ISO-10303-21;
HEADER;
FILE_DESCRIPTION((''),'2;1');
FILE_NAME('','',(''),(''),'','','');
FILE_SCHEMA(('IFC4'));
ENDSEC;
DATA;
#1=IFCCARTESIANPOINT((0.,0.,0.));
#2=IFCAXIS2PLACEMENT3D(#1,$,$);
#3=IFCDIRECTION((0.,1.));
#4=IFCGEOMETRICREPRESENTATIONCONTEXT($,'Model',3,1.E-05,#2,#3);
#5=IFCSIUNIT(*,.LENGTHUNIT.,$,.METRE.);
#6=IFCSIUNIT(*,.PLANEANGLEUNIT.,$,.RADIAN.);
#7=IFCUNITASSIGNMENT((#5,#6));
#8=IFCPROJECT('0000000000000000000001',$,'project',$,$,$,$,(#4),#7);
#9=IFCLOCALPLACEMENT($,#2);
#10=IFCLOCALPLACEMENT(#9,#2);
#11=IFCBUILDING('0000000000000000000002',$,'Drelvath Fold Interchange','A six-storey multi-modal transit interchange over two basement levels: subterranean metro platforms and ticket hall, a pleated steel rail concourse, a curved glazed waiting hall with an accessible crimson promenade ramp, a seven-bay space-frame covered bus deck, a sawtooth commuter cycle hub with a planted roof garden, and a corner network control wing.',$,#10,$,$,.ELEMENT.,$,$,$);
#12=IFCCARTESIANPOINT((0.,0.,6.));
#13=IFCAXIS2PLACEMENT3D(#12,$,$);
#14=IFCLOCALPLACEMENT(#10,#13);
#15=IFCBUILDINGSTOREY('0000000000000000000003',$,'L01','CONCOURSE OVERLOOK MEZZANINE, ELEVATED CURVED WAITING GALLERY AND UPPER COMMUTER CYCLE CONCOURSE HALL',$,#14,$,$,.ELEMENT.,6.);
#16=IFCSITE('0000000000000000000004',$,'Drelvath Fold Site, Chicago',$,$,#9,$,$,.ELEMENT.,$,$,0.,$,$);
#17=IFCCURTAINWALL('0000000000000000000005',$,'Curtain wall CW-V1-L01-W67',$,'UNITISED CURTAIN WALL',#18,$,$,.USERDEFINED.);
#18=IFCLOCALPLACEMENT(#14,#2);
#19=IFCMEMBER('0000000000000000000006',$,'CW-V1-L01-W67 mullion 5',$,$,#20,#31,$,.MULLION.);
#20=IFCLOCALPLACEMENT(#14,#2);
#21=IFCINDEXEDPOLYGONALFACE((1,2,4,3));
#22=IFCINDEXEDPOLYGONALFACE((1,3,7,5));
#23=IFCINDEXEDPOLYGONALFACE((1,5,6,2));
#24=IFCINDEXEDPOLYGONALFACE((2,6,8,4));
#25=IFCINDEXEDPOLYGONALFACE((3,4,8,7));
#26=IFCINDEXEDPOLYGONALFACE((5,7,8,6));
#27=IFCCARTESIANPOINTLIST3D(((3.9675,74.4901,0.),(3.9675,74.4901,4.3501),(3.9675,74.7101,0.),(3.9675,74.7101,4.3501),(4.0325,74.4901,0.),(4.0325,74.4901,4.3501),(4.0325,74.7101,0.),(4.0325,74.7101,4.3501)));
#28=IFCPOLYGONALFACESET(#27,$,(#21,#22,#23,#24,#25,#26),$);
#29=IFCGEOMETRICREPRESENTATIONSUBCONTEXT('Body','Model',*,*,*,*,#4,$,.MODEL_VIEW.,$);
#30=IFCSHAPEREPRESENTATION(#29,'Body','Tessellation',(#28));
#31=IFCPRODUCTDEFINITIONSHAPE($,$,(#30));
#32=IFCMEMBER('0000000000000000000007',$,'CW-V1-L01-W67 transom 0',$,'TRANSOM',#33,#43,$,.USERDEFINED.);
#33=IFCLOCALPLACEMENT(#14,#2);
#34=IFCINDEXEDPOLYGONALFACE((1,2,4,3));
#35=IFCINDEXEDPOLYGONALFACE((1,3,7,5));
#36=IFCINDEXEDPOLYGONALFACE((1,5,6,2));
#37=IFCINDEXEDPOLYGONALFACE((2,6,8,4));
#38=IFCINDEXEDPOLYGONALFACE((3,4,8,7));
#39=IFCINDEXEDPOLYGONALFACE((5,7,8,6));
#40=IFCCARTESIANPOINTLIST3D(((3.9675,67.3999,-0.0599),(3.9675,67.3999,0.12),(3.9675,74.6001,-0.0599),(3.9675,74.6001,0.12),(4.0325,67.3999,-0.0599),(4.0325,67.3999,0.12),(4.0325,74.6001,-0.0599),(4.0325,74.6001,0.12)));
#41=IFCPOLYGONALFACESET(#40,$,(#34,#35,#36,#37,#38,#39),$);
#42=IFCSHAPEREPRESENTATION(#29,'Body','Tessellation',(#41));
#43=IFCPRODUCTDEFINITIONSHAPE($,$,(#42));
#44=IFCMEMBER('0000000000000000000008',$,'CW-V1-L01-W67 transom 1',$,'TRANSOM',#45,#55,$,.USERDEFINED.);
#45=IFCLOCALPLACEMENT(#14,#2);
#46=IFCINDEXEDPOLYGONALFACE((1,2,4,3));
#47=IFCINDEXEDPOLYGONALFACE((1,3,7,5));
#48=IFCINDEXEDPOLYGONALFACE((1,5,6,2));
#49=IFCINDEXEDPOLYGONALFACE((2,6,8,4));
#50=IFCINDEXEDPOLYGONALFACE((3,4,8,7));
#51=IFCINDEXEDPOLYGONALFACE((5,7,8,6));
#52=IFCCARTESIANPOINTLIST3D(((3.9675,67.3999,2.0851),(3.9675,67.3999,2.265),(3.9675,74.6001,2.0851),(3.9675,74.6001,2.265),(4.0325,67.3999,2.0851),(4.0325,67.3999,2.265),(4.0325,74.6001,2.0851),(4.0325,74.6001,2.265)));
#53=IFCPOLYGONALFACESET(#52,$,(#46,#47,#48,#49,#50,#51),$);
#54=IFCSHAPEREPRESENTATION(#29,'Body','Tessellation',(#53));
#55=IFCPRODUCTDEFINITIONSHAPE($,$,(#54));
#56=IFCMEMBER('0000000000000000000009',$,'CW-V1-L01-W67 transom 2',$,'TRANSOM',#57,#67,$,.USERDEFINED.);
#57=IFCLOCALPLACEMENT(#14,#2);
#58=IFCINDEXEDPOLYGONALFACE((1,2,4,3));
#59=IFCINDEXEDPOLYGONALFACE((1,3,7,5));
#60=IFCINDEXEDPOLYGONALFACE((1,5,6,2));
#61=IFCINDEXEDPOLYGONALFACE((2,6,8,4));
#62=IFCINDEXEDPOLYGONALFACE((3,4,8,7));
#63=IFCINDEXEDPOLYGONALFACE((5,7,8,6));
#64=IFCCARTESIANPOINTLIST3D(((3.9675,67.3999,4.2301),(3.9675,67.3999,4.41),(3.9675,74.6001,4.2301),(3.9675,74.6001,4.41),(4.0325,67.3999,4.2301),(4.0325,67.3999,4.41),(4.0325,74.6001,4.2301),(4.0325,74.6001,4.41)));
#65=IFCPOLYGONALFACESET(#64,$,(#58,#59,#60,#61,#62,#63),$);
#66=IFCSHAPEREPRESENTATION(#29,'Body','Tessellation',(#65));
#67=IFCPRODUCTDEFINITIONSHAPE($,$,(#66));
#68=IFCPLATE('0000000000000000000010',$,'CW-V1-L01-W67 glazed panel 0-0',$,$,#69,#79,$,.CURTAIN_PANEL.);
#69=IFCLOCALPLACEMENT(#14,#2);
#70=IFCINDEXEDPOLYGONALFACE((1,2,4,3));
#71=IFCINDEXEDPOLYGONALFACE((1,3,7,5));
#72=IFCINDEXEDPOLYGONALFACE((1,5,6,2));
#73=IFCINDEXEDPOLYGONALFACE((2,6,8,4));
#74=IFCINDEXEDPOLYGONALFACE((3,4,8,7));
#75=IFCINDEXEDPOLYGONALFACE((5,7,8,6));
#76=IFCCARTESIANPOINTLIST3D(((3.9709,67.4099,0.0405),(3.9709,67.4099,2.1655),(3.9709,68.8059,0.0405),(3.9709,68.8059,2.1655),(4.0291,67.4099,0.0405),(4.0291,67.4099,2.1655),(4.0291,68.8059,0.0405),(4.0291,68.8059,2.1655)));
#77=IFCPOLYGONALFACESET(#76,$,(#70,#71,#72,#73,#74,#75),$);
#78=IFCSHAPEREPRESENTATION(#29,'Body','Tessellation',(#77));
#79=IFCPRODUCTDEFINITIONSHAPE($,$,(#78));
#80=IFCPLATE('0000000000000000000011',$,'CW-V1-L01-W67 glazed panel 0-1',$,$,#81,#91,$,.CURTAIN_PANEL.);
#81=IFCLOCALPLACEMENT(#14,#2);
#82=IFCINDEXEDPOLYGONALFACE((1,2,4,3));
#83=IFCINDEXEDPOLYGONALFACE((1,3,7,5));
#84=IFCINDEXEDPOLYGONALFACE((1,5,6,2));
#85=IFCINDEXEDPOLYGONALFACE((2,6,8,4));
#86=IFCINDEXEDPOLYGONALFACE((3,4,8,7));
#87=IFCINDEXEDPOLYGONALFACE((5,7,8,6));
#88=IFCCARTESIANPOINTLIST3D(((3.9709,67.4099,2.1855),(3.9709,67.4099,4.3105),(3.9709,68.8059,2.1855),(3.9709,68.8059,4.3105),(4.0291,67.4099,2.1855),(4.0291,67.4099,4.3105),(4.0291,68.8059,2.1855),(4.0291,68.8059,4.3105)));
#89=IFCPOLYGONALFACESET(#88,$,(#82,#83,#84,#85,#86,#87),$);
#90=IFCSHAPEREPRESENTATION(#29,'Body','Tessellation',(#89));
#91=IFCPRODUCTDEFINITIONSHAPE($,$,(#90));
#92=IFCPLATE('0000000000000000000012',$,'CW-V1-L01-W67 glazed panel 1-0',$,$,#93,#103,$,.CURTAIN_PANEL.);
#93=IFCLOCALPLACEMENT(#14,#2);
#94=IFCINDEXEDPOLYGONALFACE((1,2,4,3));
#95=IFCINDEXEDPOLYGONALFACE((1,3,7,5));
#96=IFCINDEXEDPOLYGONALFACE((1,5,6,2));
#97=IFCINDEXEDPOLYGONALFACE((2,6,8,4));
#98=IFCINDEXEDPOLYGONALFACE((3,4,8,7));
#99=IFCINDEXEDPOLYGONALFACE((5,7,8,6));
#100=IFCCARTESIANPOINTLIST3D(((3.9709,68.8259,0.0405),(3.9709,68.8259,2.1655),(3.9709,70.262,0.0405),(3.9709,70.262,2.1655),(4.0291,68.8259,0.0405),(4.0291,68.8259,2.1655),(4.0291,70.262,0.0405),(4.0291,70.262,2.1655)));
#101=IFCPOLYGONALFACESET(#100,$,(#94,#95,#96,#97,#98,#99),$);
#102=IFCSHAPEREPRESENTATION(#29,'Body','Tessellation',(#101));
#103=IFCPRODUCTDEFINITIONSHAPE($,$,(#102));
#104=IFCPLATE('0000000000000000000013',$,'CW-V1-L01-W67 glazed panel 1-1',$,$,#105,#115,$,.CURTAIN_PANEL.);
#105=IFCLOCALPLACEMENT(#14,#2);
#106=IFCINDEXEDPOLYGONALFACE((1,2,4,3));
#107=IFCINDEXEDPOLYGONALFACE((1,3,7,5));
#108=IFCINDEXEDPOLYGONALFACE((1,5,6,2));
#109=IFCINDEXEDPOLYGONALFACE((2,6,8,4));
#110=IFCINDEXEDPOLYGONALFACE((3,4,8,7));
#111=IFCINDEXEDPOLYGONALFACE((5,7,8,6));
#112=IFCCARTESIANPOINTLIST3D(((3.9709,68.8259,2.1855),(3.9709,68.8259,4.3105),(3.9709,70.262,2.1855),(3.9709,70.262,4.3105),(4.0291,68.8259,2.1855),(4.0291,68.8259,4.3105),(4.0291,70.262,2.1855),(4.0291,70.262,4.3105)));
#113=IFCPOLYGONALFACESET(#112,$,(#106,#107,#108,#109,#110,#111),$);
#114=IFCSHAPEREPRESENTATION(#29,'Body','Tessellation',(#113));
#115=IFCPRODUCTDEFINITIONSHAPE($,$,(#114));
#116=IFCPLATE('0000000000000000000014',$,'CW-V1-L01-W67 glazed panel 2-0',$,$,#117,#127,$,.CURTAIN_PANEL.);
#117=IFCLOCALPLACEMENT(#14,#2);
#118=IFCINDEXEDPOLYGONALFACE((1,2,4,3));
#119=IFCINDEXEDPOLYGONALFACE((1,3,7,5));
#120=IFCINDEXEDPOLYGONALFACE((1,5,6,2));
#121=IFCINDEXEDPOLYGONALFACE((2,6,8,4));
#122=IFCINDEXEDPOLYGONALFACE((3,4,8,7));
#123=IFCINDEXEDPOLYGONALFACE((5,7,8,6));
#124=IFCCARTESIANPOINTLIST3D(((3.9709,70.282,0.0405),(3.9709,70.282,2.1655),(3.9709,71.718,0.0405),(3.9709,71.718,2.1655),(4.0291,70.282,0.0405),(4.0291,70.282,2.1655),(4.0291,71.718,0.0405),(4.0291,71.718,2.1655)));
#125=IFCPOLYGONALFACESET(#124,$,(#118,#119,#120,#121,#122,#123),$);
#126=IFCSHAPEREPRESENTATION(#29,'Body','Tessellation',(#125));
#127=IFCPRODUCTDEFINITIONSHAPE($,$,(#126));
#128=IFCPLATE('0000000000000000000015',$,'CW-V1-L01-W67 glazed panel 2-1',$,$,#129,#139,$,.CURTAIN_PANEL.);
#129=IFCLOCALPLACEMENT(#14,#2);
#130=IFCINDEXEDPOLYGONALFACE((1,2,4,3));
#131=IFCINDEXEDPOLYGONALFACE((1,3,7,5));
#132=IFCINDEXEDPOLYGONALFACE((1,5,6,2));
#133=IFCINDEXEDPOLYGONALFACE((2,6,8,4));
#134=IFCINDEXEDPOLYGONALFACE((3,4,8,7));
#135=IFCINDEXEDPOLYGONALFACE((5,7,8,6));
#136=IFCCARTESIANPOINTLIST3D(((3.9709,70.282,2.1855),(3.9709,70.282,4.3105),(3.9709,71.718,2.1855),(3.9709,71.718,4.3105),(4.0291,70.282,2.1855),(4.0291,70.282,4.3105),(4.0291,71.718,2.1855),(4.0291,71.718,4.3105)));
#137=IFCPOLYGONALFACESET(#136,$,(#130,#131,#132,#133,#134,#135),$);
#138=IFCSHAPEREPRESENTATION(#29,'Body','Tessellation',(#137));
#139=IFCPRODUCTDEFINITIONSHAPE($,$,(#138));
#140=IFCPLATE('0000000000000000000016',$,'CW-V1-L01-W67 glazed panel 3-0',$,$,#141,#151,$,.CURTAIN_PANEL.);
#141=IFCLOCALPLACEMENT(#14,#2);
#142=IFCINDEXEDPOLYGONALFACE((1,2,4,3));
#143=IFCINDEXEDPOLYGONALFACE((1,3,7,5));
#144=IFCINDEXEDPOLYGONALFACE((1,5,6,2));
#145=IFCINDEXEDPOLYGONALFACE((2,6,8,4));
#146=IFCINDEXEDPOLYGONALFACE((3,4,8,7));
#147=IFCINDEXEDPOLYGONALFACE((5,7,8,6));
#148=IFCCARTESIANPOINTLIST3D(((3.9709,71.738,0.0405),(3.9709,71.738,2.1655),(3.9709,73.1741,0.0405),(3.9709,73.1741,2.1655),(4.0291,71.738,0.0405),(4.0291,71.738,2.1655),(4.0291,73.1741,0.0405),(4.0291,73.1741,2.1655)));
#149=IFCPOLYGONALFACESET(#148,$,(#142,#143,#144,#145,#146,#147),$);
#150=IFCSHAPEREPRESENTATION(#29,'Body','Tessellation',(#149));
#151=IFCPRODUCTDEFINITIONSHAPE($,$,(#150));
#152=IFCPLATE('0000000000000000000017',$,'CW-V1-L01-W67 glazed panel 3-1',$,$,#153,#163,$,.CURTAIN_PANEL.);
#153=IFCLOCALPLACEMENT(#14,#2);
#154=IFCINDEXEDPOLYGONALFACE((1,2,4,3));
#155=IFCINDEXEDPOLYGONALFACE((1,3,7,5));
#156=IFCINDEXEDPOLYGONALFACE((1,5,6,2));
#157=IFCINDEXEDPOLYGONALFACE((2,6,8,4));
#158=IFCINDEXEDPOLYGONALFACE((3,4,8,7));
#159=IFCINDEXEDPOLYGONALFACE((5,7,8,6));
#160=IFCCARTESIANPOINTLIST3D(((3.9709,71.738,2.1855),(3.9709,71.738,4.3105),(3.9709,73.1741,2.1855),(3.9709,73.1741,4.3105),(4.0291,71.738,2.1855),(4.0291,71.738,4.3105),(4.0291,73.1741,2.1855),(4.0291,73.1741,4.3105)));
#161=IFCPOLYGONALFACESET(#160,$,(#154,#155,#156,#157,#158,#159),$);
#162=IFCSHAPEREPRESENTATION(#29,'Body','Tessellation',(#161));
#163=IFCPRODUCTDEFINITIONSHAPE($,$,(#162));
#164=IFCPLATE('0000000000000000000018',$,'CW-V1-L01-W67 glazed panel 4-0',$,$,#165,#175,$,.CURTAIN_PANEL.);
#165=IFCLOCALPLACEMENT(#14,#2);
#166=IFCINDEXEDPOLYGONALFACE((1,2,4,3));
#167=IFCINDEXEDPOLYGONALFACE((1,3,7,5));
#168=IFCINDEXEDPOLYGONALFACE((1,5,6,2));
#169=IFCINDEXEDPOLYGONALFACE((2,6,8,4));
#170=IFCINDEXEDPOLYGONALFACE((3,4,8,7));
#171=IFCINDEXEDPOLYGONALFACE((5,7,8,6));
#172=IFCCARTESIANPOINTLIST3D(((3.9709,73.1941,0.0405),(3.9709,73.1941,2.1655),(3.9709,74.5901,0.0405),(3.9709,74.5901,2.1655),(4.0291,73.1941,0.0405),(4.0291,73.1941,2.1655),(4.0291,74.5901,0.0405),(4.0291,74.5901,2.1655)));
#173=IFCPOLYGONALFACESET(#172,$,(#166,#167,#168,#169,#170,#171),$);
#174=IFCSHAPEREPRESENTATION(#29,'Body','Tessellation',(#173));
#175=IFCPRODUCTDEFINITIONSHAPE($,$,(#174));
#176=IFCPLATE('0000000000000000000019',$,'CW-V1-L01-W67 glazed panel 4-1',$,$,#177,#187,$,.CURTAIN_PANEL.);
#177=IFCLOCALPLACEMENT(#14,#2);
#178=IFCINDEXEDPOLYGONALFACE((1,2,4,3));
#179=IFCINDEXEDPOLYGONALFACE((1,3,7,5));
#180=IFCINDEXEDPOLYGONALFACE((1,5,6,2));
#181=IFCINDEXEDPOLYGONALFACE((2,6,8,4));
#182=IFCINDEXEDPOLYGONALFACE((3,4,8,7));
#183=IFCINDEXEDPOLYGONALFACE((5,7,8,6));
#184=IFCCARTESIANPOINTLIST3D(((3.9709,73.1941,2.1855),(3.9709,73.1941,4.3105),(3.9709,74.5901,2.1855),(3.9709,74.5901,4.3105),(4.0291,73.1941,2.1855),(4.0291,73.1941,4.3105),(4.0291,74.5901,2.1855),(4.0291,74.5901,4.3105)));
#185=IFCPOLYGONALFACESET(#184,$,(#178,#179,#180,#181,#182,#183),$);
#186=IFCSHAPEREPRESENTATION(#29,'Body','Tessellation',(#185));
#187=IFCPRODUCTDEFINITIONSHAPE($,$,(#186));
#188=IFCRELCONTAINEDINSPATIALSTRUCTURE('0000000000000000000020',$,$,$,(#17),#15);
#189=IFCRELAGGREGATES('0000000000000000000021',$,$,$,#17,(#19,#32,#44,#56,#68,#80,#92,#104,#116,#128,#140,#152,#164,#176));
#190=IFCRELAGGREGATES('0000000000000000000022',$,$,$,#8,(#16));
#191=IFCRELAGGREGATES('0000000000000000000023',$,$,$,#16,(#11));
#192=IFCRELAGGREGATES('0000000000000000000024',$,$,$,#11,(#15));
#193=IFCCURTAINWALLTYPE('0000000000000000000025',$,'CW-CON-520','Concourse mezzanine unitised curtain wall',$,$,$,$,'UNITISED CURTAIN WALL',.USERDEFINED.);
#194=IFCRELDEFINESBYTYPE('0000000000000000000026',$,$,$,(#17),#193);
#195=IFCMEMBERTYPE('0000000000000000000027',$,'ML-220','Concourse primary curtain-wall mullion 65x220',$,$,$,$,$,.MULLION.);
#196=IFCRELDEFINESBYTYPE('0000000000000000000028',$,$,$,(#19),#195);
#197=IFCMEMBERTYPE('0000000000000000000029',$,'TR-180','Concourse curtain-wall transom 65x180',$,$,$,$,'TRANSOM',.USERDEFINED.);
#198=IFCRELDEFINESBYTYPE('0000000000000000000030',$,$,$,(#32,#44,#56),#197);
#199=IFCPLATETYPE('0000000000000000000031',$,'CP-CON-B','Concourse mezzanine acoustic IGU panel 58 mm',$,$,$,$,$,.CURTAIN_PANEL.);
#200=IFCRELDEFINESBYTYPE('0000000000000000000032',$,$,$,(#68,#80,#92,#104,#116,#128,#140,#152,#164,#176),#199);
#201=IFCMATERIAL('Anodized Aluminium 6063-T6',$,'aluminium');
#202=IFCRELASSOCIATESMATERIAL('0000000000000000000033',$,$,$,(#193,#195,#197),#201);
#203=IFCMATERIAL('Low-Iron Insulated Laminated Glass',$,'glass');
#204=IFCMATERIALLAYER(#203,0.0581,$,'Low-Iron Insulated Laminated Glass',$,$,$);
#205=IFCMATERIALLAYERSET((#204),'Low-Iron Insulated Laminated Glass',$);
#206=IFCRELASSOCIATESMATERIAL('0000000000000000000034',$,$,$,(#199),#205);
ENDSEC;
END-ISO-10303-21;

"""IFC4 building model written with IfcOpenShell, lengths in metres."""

from ifc_helpers import new_model, si_unit, direction, frame, origin, origin_2d, place, context, subcontext, project, spatial, rectangle, extrude, material, layer, layer_set, material_profile, profile_set, type_object, element, aggregate, save


model = new_model("IFC4")

# Units and contexts
model_context = context("Model", 3, precision=1e-05, world=origin(), true_north=direction((0.0, 1.0)))
body_context = subcontext(model_context, "Body", "Model", "MODEL_VIEW")
ifc_project = project(units=[si_unit("LENGTHUNIT", "METRE"), si_unit("PLANEANGLEUNIT", "RADIAN")], contexts=[model_context])

# Site, building, storey
site_placement = place(None, origin())
site = spatial("IfcSite", under=ifc_project, at=site_placement, Name="Drelvath Fold Site, Chicago", CompositionType="ELEMENT", RefElevation=0.0)
building_placement = place(site_placement, origin())
building = spatial("IfcBuilding", under=site, at=building_placement, Name="Drelvath Fold Interchange", Description="A six-storey multi-modal transit interchange over two basement levels: subterranean metro platforms and ticket hall, a pleated steel rail concourse, a curved glazed waiting hall with an accessible crimson promenade ramp, a seven-bay space-frame covered bus deck, a sawtooth commuter cycle hub with a planted roof garden, and a corner network control wing.", CompositionType="ELEMENT")
storey_placement = place(building_placement, frame((0.0, 0.0, 6.0)))
storey = spatial("IfcBuildingStorey", under=building, at=storey_placement, Name="L01", Description="CONCOURSE OVERLOOK MEZZANINE, ELEVATED CURVED WAITING GALLERY AND UPPER COMMUTER CYCLE CONCOURSE HALL", CompositionType="ELEMENT", Elevation=6.0)

# Curtain wall, members, plates
ifc_material_1 = material(Name="Anodized Aluminium 6063-T6", Category="aluminium")
curtain_wall_type = type_object("IfcCurtainWallType", Name="CW-CON-520", Description="Concourse mezzanine unitised curtain wall", ElementType="UNITISED CURTAIN WALL", PredefinedType="USERDEFINED", material=ifc_material_1)
curtain_wall_placement = place(storey_placement, origin())
curtain_wall = element("IfcCurtainWall", 1, at=curtain_wall_placement, inside=storey, type_object=curtain_wall_type, Name="Curtain wall CW-V1-L01-W67", ObjectType="UNITISED CURTAIN WALL", PredefinedType="USERDEFINED")
ifc_material_profile_1 = material_profile(ifc_material_1, rectangle(XDim=0.0649, YDim=0.22, at=origin_2d()), Name="AL-M 65x220")
ifc_profile_set_1 = profile_set([ifc_material_profile_1], Name="Anodized Aluminium 6063-T6")
member_type_1 = type_object("IfcMemberType", Name="ML-220", Description="Concourse primary curtain-wall mullion 65x220", PredefinedType="MULLION", material=ifc_profile_set_1)
member_1_placement = place(storey_placement, frame((4.0, 74.6001, 0.0), z_axis=(0.0, 0.0, 1.0), x_axis=(1.0, 0.0, 0.0)))
member_1 = element("IfcMember", 2, at=member_1_placement, type_object=member_type_1, Name="CW-V1-L01-W67 mullion 5", PredefinedType="MULLION", context=body_context, shape_type="SweptSolid", body=[
    extrude(rectangle(XDim=0.0649, YDim=0.22, at=origin_2d()), origin(), (0.0, 0.0, 1.0), 4.3501),
])
ifc_material_profile_2 = material_profile(ifc_material_1, rectangle(XDim=0.0649, YDim=0.1799, at=origin_2d()), Name="AL-T 65x180")
ifc_profile_set_2 = profile_set([ifc_material_profile_2], Name="Anodized Aluminium 6063-T6")
member_type_2 = type_object("IfcMemberType", Name="TR-180", Description="Concourse curtain-wall transom 65x180", ElementType="TRANSOM", PredefinedType="USERDEFINED", material=ifc_profile_set_2)
member_2_placement = place(storey_placement, frame((4.0, 67.3999, 0.03), z_axis=(0.0, 1.0, 0.0), x_axis=(-1.0, 0.0, 0.0)))
member_2 = element("IfcMember", 3, at=member_2_placement, type_object=member_type_2, Name="CW-V1-L01-W67 transom 0", ObjectType="TRANSOM", PredefinedType="USERDEFINED", context=body_context, shape_type="SweptSolid", body=[
    extrude(rectangle(XDim=0.0649, YDim=0.1799, at=origin_2d()), origin(), (0.0, 0.0, 1.0), 7.2002),
])
member_3_placement = place(storey_placement, frame((4.0, 67.3999, 2.175), z_axis=(0.0, 1.0, 0.0), x_axis=(-1.0, 0.0, 0.0)))
member_3 = element("IfcMember", 4, at=member_3_placement, type_object=member_type_2, Name="CW-V1-L01-W67 transom 1", ObjectType="TRANSOM", PredefinedType="USERDEFINED", context=body_context, shape_type="SweptSolid", body=[
    extrude(rectangle(XDim=0.0649, YDim=0.1799, at=origin_2d()), origin(), (0.0, 0.0, 1.0), 7.2002),
])
member_4_placement = place(storey_placement, frame((4.0, 67.3999, 4.3201), z_axis=(0.0, 1.0, 0.0), x_axis=(-1.0, 0.0, 0.0)))
member_4 = element("IfcMember", 5, at=member_4_placement, type_object=member_type_2, Name="CW-V1-L01-W67 transom 2", ObjectType="TRANSOM", PredefinedType="USERDEFINED", context=body_context, shape_type="SweptSolid", body=[
    extrude(rectangle(XDim=0.0649, YDim=0.1799, at=origin_2d()), origin(), (0.0, 0.0, 1.0), 7.2002),
])
ifc_material_2 = material(Name="Low-Iron Insulated Laminated Glass", Category="glass")
ifc_layer = layer(ifc_material_2, 0.0581, Name="Low-Iron Insulated Laminated Glass")
ifc_layer_set = layer_set([ifc_layer], Name="Low-Iron Insulated Laminated Glass")
plate_type = type_object("IfcPlateType", Name="CP-CON-B", Description="Concourse mezzanine acoustic IGU panel 58 mm", PredefinedType="CURTAIN_PANEL", material=ifc_layer_set)
plate_1_placement = place(storey_placement, frame((4.0, 68.1079, 0.0405), z_axis=(0.0, 0.0, 1.0), x_axis=(0.0, 1.0, 0.0)))
plate_1 = element("IfcPlate", 6, at=plate_1_placement, type_object=plate_type, Name="CW-V1-L01-W67 glazed panel 0-0", PredefinedType="CURTAIN_PANEL", context=body_context, shape_type="SweptSolid", body=[
    extrude(rectangle(XDim=1.396, YDim=0.0581, at=origin_2d()), origin(), (0.0, 0.0, 1.0), 2.125),
])
plate_2_placement = place(storey_placement, frame((4.0, 68.1079, 2.1855), z_axis=(0.0, 0.0, 1.0), x_axis=(0.0, 1.0, 0.0)))
plate_2 = element("IfcPlate", 7, at=plate_2_placement, type_object=plate_type, Name="CW-V1-L01-W67 glazed panel 0-1", PredefinedType="CURTAIN_PANEL", context=body_context, shape_type="SweptSolid", body=[
    extrude(rectangle(XDim=1.396, YDim=0.0581, at=origin_2d()), origin(), (0.0, 0.0, 1.0), 2.125),
])
plate_3_placement = place(storey_placement, frame((4.0, 69.5439, 0.0405), z_axis=(0.0, 0.0, 1.0), x_axis=(0.0, 1.0, 0.0)))
plate_3 = element("IfcPlate", 8, at=plate_3_placement, type_object=plate_type, Name="CW-V1-L01-W67 glazed panel 1-0", PredefinedType="CURTAIN_PANEL", context=body_context, shape_type="SweptSolid", body=[
    extrude(rectangle(XDim=1.436, YDim=0.0581, at=origin_2d()), origin(), (0.0, 0.0, 1.0), 2.125),
])
plate_4_placement = place(storey_placement, frame((4.0, 69.5439, 2.1855), z_axis=(0.0, 0.0, 1.0), x_axis=(0.0, 1.0, 0.0)))
plate_4 = element("IfcPlate", 9, at=plate_4_placement, type_object=plate_type, Name="CW-V1-L01-W67 glazed panel 1-1", PredefinedType="CURTAIN_PANEL", context=body_context, shape_type="SweptSolid", body=[
    extrude(rectangle(XDim=1.436, YDim=0.0581, at=origin_2d()), origin(), (0.0, 0.0, 1.0), 2.125),
])
plate_5_placement = place(storey_placement, frame((4.0, 71.0, 0.0405), z_axis=(0.0, 0.0, 1.0), x_axis=(0.0, 1.0, 0.0)))
plate_5 = element("IfcPlate", 10, at=plate_5_placement, type_object=plate_type, Name="CW-V1-L01-W67 glazed panel 2-0", PredefinedType="CURTAIN_PANEL", context=body_context, shape_type="SweptSolid", body=[
    extrude(rectangle(XDim=1.436, YDim=0.0581, at=origin_2d()), origin(), (0.0, 0.0, 1.0), 2.125),
])
plate_6_placement = place(storey_placement, frame((4.0, 71.0, 2.1855), z_axis=(0.0, 0.0, 1.0), x_axis=(0.0, 1.0, 0.0)))
plate_6 = element("IfcPlate", 11, at=plate_6_placement, type_object=plate_type, Name="CW-V1-L01-W67 glazed panel 2-1", PredefinedType="CURTAIN_PANEL", context=body_context, shape_type="SweptSolid", body=[
    extrude(rectangle(XDim=1.436, YDim=0.0581, at=origin_2d()), origin(), (0.0, 0.0, 1.0), 2.125),
])
plate_7_placement = place(storey_placement, frame((4.0, 72.4561, 0.0405), z_axis=(0.0, 0.0, 1.0), x_axis=(0.0, 1.0, 0.0)))
plate_7 = element("IfcPlate", 12, at=plate_7_placement, type_object=plate_type, Name="CW-V1-L01-W67 glazed panel 3-0", PredefinedType="CURTAIN_PANEL", context=body_context, shape_type="SweptSolid", body=[
    extrude(rectangle(XDim=1.436, YDim=0.0581, at=origin_2d()), origin(), (0.0, 0.0, 1.0), 2.125),
])
plate_8_placement = place(storey_placement, frame((4.0, 72.4561, 2.1855), z_axis=(0.0, 0.0, 1.0), x_axis=(0.0, 1.0, 0.0)))
plate_8 = element("IfcPlate", 13, at=plate_8_placement, type_object=plate_type, Name="CW-V1-L01-W67 glazed panel 3-1", PredefinedType="CURTAIN_PANEL", context=body_context, shape_type="SweptSolid", body=[
    extrude(rectangle(XDim=1.436, YDim=0.0581, at=origin_2d()), origin(), (0.0, 0.0, 1.0), 2.125),
])
plate_9_placement = place(storey_placement, frame((4.0, 73.8921, 0.0405), z_axis=(0.0, 0.0, 1.0), x_axis=(0.0, 1.0, 0.0)))
plate_9 = element("IfcPlate", 14, at=plate_9_placement, type_object=plate_type, Name="CW-V1-L01-W67 glazed panel 4-0", PredefinedType="CURTAIN_PANEL", context=body_context, shape_type="SweptSolid", body=[
    extrude(rectangle(XDim=1.396, YDim=0.0581, at=origin_2d()), origin(), (0.0, 0.0, 1.0), 2.125),
])
plate_10_placement = place(storey_placement, frame((4.0, 73.8921, 2.1855), z_axis=(0.0, 0.0, 1.0), x_axis=(0.0, 1.0, 0.0)))
plate_10 = element("IfcPlate", 15, at=plate_10_placement, type_object=plate_type, Name="CW-V1-L01-W67 glazed panel 4-1", PredefinedType="CURTAIN_PANEL", context=body_context, shape_type="SweptSolid", body=[
    extrude(rectangle(XDim=1.396, YDim=0.0581, at=origin_2d()), origin(), (0.0, 0.0, 1.0), 2.125),
])
aggregate(curtain_wall, [member_1, member_2, member_3, member_4, plate_1, plate_2, plate_3, plate_4, plate_5, plate_6, plate_7, plate_8, plate_9, plate_10])

save(model, "model.ifc")
